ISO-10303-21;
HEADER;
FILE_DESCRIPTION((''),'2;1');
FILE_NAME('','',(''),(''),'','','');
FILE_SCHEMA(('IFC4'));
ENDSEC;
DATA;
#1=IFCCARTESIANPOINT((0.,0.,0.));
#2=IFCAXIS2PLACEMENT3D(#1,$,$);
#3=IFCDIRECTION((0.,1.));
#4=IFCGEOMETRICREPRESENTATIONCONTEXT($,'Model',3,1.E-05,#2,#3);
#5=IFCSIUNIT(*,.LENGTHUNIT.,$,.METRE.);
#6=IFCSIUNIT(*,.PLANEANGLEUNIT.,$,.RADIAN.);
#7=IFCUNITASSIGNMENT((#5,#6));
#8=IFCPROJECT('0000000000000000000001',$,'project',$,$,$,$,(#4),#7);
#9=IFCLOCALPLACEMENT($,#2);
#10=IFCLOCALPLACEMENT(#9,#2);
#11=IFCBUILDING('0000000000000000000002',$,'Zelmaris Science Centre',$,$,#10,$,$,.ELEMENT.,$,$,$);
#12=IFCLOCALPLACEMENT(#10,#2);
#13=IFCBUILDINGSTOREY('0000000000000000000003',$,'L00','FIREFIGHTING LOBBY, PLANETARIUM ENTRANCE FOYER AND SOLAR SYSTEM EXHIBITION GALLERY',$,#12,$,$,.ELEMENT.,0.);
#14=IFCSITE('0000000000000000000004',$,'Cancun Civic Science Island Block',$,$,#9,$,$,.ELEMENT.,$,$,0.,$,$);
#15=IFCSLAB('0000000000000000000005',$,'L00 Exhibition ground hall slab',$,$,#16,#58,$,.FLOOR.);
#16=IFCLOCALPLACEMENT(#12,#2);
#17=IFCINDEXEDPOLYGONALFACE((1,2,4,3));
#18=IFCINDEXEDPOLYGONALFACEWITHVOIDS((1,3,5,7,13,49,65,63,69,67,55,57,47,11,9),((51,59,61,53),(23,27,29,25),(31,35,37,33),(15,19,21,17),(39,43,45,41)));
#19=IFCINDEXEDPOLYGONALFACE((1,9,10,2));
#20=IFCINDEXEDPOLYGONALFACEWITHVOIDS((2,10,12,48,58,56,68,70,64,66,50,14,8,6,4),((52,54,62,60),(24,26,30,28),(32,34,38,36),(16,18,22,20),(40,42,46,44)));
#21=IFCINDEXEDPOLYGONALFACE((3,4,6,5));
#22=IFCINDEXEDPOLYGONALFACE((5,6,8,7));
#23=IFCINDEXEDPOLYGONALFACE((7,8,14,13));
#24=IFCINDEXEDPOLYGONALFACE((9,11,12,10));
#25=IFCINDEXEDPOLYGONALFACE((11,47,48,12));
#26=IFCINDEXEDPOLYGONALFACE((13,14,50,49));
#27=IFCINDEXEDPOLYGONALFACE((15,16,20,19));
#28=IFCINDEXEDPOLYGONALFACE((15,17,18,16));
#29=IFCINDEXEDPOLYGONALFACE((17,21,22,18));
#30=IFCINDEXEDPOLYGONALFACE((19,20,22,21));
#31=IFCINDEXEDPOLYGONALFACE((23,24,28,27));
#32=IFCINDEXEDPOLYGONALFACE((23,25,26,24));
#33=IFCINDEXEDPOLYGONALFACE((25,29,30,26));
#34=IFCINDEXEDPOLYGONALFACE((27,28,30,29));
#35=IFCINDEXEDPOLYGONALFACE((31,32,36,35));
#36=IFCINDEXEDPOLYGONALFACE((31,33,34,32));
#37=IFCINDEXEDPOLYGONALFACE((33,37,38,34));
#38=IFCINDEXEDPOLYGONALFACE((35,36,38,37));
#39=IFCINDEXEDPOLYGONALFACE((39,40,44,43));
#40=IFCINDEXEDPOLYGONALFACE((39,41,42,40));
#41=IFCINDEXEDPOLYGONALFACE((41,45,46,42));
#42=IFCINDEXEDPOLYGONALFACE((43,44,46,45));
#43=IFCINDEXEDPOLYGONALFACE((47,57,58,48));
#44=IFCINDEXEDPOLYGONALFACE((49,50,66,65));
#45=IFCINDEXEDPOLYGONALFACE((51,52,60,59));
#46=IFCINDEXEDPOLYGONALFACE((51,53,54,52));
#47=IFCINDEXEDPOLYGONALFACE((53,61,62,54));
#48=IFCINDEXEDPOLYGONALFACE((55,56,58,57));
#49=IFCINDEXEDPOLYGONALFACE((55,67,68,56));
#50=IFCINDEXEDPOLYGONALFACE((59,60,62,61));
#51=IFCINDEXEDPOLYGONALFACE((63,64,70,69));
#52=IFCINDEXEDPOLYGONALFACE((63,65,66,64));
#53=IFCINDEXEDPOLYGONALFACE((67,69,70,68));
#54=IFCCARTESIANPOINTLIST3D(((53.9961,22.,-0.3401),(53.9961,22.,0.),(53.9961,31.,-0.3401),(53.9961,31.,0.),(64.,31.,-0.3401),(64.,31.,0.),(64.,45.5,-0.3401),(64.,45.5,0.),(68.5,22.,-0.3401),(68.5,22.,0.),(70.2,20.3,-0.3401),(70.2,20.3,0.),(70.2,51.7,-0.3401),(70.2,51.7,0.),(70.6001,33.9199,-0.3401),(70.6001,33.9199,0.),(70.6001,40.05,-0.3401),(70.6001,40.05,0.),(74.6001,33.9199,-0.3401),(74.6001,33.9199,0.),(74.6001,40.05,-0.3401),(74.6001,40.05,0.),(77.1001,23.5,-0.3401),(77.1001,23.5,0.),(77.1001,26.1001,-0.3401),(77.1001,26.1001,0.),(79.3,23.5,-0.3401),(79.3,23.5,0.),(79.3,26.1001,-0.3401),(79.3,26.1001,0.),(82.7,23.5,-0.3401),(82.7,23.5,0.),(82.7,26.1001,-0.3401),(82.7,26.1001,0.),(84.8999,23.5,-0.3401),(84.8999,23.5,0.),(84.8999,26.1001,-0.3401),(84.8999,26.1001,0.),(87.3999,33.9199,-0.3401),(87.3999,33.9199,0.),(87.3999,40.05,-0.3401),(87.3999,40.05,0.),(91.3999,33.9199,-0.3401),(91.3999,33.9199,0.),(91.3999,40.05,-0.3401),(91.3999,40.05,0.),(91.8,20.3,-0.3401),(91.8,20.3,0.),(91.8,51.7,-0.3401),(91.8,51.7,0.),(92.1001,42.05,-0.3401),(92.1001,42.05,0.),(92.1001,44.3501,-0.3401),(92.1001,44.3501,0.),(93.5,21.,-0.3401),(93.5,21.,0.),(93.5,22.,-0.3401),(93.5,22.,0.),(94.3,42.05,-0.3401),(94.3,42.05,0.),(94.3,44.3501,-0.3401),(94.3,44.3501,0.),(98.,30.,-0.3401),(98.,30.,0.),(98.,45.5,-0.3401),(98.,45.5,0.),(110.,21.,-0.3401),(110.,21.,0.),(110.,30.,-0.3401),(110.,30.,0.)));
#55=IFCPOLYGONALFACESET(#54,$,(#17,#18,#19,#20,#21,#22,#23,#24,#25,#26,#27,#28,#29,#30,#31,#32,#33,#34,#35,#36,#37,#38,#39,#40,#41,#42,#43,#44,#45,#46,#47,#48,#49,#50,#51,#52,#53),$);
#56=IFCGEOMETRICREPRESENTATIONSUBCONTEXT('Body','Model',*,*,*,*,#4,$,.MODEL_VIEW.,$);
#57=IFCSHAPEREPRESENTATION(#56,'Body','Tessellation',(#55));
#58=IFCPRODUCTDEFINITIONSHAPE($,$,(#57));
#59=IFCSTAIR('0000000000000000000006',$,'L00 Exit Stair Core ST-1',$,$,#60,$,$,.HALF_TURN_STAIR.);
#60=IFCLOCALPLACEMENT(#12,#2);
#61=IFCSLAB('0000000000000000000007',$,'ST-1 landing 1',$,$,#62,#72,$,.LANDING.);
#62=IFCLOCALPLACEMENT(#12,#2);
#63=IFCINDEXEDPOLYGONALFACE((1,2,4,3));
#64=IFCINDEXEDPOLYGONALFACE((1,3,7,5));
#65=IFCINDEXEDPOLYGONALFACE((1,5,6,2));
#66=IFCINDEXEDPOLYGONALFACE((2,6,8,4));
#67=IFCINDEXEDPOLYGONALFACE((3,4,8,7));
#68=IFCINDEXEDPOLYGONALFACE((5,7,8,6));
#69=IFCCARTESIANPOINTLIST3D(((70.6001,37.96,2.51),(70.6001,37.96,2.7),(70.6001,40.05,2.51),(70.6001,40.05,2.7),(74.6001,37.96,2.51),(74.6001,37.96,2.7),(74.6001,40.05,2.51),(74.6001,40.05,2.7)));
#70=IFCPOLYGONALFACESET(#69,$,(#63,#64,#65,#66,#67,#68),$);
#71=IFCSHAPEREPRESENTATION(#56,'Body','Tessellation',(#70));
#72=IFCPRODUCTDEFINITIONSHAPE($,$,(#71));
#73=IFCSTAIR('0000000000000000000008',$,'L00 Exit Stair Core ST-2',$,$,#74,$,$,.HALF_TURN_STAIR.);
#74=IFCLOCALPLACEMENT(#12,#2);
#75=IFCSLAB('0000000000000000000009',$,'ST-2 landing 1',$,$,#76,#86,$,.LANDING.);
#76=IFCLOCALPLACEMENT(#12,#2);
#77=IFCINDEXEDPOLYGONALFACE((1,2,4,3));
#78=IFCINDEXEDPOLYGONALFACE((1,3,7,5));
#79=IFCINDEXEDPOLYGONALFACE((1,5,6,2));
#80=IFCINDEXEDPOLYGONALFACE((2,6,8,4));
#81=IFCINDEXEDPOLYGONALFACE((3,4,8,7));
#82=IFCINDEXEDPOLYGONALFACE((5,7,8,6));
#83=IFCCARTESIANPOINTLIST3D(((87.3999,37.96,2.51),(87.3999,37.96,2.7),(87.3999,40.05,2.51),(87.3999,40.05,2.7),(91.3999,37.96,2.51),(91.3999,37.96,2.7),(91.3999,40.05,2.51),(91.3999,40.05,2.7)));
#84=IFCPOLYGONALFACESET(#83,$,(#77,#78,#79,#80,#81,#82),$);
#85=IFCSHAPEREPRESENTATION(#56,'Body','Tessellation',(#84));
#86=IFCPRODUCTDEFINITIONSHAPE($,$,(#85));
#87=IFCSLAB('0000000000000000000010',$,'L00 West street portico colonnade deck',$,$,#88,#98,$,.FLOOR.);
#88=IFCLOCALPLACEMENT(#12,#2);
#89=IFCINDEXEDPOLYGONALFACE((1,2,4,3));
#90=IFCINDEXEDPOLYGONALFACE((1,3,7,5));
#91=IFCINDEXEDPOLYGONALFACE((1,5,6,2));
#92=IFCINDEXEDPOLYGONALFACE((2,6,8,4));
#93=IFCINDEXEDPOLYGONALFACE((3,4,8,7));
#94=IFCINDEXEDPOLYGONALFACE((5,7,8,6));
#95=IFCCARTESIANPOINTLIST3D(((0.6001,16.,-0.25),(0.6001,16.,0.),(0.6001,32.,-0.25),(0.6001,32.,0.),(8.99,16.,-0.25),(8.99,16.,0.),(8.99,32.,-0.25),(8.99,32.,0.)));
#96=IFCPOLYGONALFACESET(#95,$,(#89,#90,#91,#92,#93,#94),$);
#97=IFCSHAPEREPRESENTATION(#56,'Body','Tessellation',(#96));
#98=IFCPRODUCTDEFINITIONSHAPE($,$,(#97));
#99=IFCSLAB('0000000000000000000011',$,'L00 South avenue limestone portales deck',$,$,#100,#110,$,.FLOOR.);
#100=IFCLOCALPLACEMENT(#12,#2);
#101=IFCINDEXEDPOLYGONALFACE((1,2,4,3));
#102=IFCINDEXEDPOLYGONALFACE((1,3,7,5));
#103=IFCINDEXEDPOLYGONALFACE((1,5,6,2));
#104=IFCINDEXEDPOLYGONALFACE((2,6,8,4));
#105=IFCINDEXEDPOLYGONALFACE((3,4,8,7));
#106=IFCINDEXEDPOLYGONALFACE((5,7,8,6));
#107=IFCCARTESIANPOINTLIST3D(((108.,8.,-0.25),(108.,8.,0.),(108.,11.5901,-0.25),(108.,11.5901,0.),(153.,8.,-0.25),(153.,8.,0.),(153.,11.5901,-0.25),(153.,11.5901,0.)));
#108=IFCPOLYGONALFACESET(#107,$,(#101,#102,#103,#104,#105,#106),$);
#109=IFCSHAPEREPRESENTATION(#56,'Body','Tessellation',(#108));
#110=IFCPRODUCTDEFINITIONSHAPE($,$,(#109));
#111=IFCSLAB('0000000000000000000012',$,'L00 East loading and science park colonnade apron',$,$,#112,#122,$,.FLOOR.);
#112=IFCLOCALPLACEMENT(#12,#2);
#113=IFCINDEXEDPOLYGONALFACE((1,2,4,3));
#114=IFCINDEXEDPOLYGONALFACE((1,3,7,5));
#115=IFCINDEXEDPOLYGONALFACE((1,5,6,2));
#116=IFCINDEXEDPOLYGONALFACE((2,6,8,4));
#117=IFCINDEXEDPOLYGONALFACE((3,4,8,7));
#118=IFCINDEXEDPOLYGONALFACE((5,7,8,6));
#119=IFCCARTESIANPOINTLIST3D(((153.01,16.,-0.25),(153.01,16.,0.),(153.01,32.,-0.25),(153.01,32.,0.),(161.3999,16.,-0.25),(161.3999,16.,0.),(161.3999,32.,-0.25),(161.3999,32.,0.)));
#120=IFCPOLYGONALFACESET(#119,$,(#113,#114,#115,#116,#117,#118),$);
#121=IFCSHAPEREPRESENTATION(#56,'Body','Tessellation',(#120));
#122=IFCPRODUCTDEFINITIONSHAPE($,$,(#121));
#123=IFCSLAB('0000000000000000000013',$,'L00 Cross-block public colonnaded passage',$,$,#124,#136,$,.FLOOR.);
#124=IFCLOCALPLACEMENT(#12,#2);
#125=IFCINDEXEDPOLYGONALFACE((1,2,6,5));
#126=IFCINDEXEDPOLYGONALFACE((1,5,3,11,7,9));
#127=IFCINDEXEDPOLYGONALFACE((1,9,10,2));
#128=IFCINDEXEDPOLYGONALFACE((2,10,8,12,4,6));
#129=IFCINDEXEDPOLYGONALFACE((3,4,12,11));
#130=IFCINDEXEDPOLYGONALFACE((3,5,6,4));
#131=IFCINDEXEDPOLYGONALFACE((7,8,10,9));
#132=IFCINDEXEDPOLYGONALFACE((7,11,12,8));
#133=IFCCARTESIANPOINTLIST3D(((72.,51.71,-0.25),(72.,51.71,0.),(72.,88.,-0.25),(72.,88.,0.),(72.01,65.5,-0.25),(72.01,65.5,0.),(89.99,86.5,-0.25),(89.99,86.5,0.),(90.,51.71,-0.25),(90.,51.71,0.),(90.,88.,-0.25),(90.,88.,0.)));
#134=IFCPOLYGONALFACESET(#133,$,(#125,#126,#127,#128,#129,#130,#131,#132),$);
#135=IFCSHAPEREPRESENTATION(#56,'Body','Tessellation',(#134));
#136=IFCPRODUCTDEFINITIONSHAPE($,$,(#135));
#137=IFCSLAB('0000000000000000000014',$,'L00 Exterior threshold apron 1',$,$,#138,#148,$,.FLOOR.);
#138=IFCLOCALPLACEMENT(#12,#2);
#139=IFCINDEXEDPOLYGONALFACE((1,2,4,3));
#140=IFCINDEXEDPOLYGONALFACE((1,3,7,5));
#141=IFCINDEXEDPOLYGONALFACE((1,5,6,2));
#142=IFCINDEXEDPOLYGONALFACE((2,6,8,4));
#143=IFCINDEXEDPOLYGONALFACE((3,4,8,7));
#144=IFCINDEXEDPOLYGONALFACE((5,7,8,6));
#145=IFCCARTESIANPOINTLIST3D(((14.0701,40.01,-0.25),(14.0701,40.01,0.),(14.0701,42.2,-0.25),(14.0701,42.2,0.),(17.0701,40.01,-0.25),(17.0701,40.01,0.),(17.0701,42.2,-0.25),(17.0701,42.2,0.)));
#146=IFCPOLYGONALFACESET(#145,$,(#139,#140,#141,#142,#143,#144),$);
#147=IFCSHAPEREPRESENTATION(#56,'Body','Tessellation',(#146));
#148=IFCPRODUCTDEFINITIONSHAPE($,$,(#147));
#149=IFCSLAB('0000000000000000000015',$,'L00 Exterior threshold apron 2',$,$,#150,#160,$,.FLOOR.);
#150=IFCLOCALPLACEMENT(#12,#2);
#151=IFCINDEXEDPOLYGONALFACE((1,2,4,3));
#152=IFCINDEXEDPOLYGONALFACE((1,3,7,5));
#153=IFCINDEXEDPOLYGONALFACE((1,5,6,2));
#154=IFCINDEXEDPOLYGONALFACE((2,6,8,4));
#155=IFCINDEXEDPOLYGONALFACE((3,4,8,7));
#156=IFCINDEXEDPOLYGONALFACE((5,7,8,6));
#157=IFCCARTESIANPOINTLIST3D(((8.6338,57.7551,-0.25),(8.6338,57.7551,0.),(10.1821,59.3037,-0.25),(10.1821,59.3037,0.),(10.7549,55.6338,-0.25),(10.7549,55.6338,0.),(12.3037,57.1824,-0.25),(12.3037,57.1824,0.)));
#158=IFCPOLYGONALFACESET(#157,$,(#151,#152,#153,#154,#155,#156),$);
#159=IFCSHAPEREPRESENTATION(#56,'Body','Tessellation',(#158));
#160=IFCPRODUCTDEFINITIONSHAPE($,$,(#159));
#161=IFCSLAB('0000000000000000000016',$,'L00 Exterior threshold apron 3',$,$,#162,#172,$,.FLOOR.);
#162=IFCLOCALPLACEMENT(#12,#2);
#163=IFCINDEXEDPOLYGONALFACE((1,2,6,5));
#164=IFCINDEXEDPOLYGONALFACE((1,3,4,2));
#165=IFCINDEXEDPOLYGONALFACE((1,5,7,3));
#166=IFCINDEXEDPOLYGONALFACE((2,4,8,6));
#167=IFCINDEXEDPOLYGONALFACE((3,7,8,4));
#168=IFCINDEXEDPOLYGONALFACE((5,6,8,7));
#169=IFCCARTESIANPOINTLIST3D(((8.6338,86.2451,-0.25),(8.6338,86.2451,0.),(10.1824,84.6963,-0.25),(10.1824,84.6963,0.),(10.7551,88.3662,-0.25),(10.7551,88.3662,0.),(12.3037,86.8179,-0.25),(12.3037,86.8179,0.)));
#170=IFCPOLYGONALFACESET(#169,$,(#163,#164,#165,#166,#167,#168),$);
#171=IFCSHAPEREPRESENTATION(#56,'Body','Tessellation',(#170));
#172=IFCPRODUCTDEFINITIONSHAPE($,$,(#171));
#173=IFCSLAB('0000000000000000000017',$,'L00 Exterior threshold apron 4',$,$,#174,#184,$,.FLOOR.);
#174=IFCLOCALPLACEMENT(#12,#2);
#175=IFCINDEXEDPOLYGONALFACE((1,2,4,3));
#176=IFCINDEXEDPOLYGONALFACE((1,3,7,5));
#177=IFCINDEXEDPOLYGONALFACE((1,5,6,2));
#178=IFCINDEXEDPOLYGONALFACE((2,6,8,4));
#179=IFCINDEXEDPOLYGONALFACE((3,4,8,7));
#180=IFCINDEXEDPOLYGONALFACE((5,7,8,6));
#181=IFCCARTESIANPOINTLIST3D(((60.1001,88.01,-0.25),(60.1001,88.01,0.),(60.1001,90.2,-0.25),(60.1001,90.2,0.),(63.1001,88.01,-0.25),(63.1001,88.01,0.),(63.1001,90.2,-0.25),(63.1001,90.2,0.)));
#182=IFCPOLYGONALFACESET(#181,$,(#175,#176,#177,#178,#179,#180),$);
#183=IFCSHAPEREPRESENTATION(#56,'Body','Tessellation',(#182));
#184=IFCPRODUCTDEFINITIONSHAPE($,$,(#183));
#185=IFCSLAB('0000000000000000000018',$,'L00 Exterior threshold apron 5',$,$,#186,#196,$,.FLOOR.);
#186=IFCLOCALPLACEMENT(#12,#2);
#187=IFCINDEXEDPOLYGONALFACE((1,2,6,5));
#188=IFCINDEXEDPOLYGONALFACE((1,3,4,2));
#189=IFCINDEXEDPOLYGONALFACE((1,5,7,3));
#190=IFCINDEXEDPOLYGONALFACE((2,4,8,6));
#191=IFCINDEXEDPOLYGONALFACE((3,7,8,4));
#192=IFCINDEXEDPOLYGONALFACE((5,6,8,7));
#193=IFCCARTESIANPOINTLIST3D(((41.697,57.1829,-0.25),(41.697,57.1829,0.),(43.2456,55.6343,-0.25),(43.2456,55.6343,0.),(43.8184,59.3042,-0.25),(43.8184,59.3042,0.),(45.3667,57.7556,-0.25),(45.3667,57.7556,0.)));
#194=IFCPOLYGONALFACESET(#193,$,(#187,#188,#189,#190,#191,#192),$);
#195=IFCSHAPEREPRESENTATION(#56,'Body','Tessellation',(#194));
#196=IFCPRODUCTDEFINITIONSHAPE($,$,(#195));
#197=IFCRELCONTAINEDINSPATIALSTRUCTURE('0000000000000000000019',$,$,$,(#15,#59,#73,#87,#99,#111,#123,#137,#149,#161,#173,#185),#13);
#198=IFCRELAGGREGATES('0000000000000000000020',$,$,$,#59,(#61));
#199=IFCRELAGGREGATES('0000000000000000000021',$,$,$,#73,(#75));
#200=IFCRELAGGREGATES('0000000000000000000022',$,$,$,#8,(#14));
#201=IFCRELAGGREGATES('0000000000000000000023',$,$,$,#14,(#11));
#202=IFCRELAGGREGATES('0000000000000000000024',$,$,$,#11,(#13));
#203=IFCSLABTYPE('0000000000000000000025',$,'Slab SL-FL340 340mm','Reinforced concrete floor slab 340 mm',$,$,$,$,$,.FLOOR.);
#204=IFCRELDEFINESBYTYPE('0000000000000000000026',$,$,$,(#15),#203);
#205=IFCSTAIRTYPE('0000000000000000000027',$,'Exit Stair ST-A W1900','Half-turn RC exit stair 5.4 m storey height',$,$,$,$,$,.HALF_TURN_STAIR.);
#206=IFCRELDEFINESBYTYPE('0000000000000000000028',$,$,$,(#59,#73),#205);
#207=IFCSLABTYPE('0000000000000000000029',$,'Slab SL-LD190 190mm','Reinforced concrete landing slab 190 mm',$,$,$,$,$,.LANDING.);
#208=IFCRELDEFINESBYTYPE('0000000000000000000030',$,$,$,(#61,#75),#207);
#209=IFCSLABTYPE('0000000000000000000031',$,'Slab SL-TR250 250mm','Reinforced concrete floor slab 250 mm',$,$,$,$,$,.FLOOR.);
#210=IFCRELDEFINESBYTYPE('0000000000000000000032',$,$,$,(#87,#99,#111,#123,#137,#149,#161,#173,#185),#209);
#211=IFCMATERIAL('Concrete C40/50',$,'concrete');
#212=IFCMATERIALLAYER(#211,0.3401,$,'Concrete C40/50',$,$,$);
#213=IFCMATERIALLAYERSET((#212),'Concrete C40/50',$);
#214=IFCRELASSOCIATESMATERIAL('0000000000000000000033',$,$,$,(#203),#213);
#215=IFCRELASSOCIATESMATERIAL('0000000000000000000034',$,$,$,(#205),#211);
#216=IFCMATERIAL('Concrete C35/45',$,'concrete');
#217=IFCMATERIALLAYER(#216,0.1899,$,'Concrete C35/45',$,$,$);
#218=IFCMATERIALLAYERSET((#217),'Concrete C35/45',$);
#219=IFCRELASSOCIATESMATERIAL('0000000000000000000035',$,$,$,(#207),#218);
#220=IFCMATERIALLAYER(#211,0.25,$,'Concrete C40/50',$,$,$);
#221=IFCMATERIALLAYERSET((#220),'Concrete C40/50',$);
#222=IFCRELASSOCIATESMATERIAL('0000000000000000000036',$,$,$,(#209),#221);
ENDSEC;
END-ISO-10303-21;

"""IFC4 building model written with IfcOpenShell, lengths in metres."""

from ifc_helpers import new_model, si_unit, direction, frame, origin, place, context, subcontext, project, spatial, polyline, outline, extrude, material, layer, layer_set, type_object, element, aggregate, save


model = new_model("IFC4")

# Units and contexts
model_context = context("Model", 3, precision=1e-05, world=origin(), true_north=direction((0.0, 1.0)))
body_context = subcontext(model_context, "Body", "Model", "MODEL_VIEW")
ifc_project = project(units=[si_unit("LENGTHUNIT", "METRE"), si_unit("PLANEANGLEUNIT", "RADIAN")], contexts=[model_context])

# Site, building, storey
site_placement = place(None, origin())
site = spatial("IfcSite", under=ifc_project, at=site_placement, Name="Cancun Civic Science Island Block", CompositionType="ELEMENT", RefElevation=0.0)
building_placement = place(site_placement, origin())
building = spatial("IfcBuilding", under=site, at=building_placement, Name="Zelmaris Science Centre", CompositionType="ELEMENT")
storey_placement = place(building_placement, origin())
storey = spatial("IfcBuildingStorey", under=building, at=storey_placement, Name="L00", Description="FIREFIGHTING LOBBY, PLANETARIUM ENTRANCE FOYER AND SOLAR SYSTEM EXHIBITION GALLERY", CompositionType="ELEMENT", Elevation=0.0)

# Slab
ifc_material_1 = material(Name="Concrete C35/45", Category="concrete")
ifc_material_2 = material(Name="Concrete C40/50", Category="concrete")
ifc_layer_1 = layer(ifc_material_2, 0.3401, Name="Concrete C40/50")
ifc_layer_set_1 = layer_set([ifc_layer_1], Name="Concrete C40/50")
slab_type_1 = type_object("IfcSlabType", Name="Slab SL-FL340 340mm", Description="Reinforced concrete floor slab 340 mm", PredefinedType="FLOOR", material=ifc_layer_set_1)
slab_1_placement = place(storey_placement, frame((0.0, 0.0, -0.3401)))
element("IfcSlab", 1, at=slab_1_placement, inside=storey, type_object=slab_type_1, Name="L00 Exhibition ground hall slab", PredefinedType="FLOOR", context=body_context, shape_type="SweptSolid", body=[
    extrude(outline(polyline([(91.8, 51.7), (98.0, 45.5), (98.0, 30.0), (110.0, 30.0), (110.0, 21.0), (93.5, 21.0), (93.5, 22.0), (91.8, 20.3), (70.2, 20.3), (68.5, 22.0), (53.9961, 22.0), (53.9961, 31.0), (64.0, 31.0), (64.0, 45.5), (70.2, 51.7), (91.8, 51.7)]), holes=[polyline([(74.6001, 33.9199), (74.6001, 40.05), (70.6001, 40.05), (70.6001, 33.9199), (74.6001, 33.9199)]), polyline([(91.3999, 33.9199), (91.3999, 40.05), (87.3999, 40.05), (87.3999, 33.9199), (91.3999, 33.9199)]), polyline([(77.1001, 23.5), (79.3, 23.5), (79.3, 26.1001), (77.1001, 26.1001), (77.1001, 23.5)]), polyline([(82.7, 23.5), (84.8999, 23.5), (84.8999, 26.1001), (82.7, 26.1001), (82.7, 23.5)]), polyline([(92.1001, 42.05), (94.3, 42.05), (94.3, 44.3501), (92.1001, 44.3501), (92.1001, 42.05)])]), origin(), (0.0, 0.0, 1.0), 0.3401),
])

# Stairs, slabs
stair_type = type_object("IfcStairType", Name="Exit Stair ST-A W1900", Description="Half-turn RC exit stair 5.4 m storey height", PredefinedType="HALF_TURN_STAIR", material=ifc_material_2)
stair_1_placement = place(storey_placement, origin())
stair_1 = element("IfcStair", 2, at=stair_1_placement, inside=storey, type_object=stair_type, Name="L00 Exit Stair Core ST-1", PredefinedType="HALF_TURN_STAIR")
ifc_layer_2 = layer(ifc_material_1, 0.1899, Name="Concrete C35/45")
ifc_layer_set_2 = layer_set([ifc_layer_2], Name="Concrete C35/45")
slab_type_2 = type_object("IfcSlabType", Name="Slab SL-LD190 190mm", Description="Reinforced concrete landing slab 190 mm", PredefinedType="LANDING", material=ifc_layer_set_2)
slab_2_placement = place(storey_placement, frame((0.0, 0.0, 2.51)))
slab_2 = element("IfcSlab", 3, at=slab_2_placement, type_object=slab_type_2, Name="ST-1 landing 1", PredefinedType="LANDING", context=body_context, shape_type="SweptSolid", body=[
    extrude(outline(polyline([(74.6001, 37.96), (74.6001, 40.05), (70.6001, 40.05), (70.6001, 37.96), (74.6001, 37.96)])), origin(), (0.0, 0.0, 1.0), 0.1899),
])
aggregate(stair_1, [slab_2])
stair_2_placement = place(storey_placement, origin())
stair_2 = element("IfcStair", 4, at=stair_2_placement, inside=storey, type_object=stair_type, Name="L00 Exit Stair Core ST-2", PredefinedType="HALF_TURN_STAIR")
slab_3_placement = place(storey_placement, frame((0.0, 0.0, 2.51)))
slab_3 = element("IfcSlab", 5, at=slab_3_placement, type_object=slab_type_2, Name="ST-2 landing 1", PredefinedType="LANDING", context=body_context, shape_type="SweptSolid", body=[
    extrude(outline(polyline([(91.3999, 37.96), (91.3999, 40.05), (87.3999, 40.05), (87.3999, 37.96), (91.3999, 37.96)])), origin(), (0.0, 0.0, 1.0), 0.1899),
])
aggregate(stair_2, [slab_3])

# Slabs
ifc_layer_3 = layer(ifc_material_2, 0.25, Name="Concrete C40/50")
ifc_layer_set_3 = layer_set([ifc_layer_3], Name="Concrete C40/50")
slab_type_3 = type_object("IfcSlabType", Name="Slab SL-TR250 250mm", Description="Reinforced concrete floor slab 250 mm", PredefinedType="FLOOR", material=ifc_layer_set_3)
slab_4_placement = place(storey_placement, frame((0.0, 0.0, -0.25)))
element("IfcSlab", 6, at=slab_4_placement, inside=storey, type_object=slab_type_3, Name="L00 West street portico colonnade deck", PredefinedType="FLOOR", context=body_context, shape_type="SweptSolid", body=[
    extrude(outline(polyline([(0.6001, 16.0), (0.6001, 32.0), (8.99, 32.0), (8.99, 16.0), (0.6001, 16.0)])), origin(), (0.0, 0.0, 1.0), 0.25),
])
slab_5_placement = place(storey_placement, frame((0.0, 0.0, -0.25)))
element("IfcSlab", 7, at=slab_5_placement, inside=storey, type_object=slab_type_3, Name="L00 South avenue limestone portales deck", PredefinedType="FLOOR", context=body_context, shape_type="SweptSolid", body=[
    extrude(outline(polyline([(153.0, 8.0), (108.0, 8.0), (108.0, 11.5901), (153.0, 11.5901), (153.0, 8.0)])), origin(), (0.0, 0.0, 1.0), 0.25),
])
slab_6_placement = place(storey_placement, frame((0.0, 0.0, -0.25)))
element("IfcSlab", 8, at=slab_6_placement, inside=storey, type_object=slab_type_3, Name="L00 East loading and science park colonnade apron", PredefinedType="FLOOR", context=body_context, shape_type="SweptSolid", body=[
    extrude(outline(polyline([(161.3999, 32.0), (161.3999, 16.0), (153.01, 16.0), (153.01, 32.0), (161.3999, 32.0)])), origin(), (0.0, 0.0, 1.0), 0.25),
])
slab_7_placement = place(storey_placement, frame((0.0, 0.0, -0.25)))
element("IfcSlab", 9, at=slab_7_placement, inside=storey, type_object=slab_type_3, Name="L00 Cross-block public colonnaded passage", PredefinedType="FLOOR", context=body_context, shape_type="SweptSolid", body=[
    extrude(outline(polyline([(90.0, 51.71), (72.0, 51.71), (72.01, 65.5), (72.0, 88.0), (90.0, 88.0), (89.99, 86.5), (90.0, 51.71)])), origin(), (0.0, 0.0, 1.0), 0.25),
])
slab_8_placement = place(storey_placement, frame((0.0, 0.0, -0.25)))
element("IfcSlab", 10, at=slab_8_placement, inside=storey, type_object=slab_type_3, Name="L00 Exterior threshold apron 1", PredefinedType="FLOOR", context=body_context, shape_type="SweptSolid", body=[
    extrude(outline(polyline([(17.0701, 42.2), (17.0701, 40.01), (14.0701, 40.01), (14.0701, 42.2), (17.0701, 42.2)])), origin(), (0.0, 0.0, 1.0), 0.25),
])
slab_9_placement = place(storey_placement, frame((0.0, 0.0, -0.25)))
element("IfcSlab", 11, at=slab_9_placement, inside=storey, type_object=slab_type_3, Name="L00 Exterior threshold apron 2", PredefinedType="FLOOR", context=body_context, shape_type="SweptSolid", body=[
    extrude(outline(polyline([(10.1821, 59.3037), (12.3037, 57.1824), (10.7549, 55.6338), (8.6338, 57.7551), (10.1821, 59.3037)])), origin(), (0.0, 0.0, 1.0), 0.25),
])
slab_10_placement = place(storey_placement, frame((0.0, 0.0, -0.25)))
element("IfcSlab", 12, at=slab_10_placement, inside=storey, type_object=slab_type_3, Name="L00 Exterior threshold apron 3", PredefinedType="FLOOR", context=body_context, shape_type="SweptSolid", body=[
    extrude(outline(polyline([(10.1824, 84.6963), (8.6338, 86.2451), (10.7551, 88.3662), (12.3037, 86.8179), (10.1824, 84.6963)])), origin(), (0.0, 0.0, 1.0), 0.25),
])
slab_11_placement = place(storey_placement, frame((0.0, 0.0, -0.25)))
element("IfcSlab", 13, at=slab_11_placement, inside=storey, type_object=slab_type_3, Name="L00 Exterior threshold apron 4", PredefinedType="FLOOR", context=body_context, shape_type="SweptSolid", body=[
    extrude(outline(polyline([(60.1001, 90.2), (63.1001, 90.2), (63.1001, 88.01), (60.1001, 88.01), (60.1001, 90.2)])), origin(), (0.0, 0.0, 1.0), 0.25),
])
slab_12_placement = place(storey_placement, frame((0.0, 0.0, -0.25)))
element("IfcSlab", 14, at=slab_12_placement, inside=storey, type_object=slab_type_3, Name="L00 Exterior threshold apron 5", PredefinedType="FLOOR", context=body_context, shape_type="SweptSolid", body=[
    extrude(outline(polyline([(43.2456, 55.6343), (41.697, 57.1829), (43.8184, 59.3042), (45.3667, 57.7556), (43.2456, 55.6343)])), origin(), (0.0, 0.0, 1.0), 0.25),
])

save(model, "model.ifc")
